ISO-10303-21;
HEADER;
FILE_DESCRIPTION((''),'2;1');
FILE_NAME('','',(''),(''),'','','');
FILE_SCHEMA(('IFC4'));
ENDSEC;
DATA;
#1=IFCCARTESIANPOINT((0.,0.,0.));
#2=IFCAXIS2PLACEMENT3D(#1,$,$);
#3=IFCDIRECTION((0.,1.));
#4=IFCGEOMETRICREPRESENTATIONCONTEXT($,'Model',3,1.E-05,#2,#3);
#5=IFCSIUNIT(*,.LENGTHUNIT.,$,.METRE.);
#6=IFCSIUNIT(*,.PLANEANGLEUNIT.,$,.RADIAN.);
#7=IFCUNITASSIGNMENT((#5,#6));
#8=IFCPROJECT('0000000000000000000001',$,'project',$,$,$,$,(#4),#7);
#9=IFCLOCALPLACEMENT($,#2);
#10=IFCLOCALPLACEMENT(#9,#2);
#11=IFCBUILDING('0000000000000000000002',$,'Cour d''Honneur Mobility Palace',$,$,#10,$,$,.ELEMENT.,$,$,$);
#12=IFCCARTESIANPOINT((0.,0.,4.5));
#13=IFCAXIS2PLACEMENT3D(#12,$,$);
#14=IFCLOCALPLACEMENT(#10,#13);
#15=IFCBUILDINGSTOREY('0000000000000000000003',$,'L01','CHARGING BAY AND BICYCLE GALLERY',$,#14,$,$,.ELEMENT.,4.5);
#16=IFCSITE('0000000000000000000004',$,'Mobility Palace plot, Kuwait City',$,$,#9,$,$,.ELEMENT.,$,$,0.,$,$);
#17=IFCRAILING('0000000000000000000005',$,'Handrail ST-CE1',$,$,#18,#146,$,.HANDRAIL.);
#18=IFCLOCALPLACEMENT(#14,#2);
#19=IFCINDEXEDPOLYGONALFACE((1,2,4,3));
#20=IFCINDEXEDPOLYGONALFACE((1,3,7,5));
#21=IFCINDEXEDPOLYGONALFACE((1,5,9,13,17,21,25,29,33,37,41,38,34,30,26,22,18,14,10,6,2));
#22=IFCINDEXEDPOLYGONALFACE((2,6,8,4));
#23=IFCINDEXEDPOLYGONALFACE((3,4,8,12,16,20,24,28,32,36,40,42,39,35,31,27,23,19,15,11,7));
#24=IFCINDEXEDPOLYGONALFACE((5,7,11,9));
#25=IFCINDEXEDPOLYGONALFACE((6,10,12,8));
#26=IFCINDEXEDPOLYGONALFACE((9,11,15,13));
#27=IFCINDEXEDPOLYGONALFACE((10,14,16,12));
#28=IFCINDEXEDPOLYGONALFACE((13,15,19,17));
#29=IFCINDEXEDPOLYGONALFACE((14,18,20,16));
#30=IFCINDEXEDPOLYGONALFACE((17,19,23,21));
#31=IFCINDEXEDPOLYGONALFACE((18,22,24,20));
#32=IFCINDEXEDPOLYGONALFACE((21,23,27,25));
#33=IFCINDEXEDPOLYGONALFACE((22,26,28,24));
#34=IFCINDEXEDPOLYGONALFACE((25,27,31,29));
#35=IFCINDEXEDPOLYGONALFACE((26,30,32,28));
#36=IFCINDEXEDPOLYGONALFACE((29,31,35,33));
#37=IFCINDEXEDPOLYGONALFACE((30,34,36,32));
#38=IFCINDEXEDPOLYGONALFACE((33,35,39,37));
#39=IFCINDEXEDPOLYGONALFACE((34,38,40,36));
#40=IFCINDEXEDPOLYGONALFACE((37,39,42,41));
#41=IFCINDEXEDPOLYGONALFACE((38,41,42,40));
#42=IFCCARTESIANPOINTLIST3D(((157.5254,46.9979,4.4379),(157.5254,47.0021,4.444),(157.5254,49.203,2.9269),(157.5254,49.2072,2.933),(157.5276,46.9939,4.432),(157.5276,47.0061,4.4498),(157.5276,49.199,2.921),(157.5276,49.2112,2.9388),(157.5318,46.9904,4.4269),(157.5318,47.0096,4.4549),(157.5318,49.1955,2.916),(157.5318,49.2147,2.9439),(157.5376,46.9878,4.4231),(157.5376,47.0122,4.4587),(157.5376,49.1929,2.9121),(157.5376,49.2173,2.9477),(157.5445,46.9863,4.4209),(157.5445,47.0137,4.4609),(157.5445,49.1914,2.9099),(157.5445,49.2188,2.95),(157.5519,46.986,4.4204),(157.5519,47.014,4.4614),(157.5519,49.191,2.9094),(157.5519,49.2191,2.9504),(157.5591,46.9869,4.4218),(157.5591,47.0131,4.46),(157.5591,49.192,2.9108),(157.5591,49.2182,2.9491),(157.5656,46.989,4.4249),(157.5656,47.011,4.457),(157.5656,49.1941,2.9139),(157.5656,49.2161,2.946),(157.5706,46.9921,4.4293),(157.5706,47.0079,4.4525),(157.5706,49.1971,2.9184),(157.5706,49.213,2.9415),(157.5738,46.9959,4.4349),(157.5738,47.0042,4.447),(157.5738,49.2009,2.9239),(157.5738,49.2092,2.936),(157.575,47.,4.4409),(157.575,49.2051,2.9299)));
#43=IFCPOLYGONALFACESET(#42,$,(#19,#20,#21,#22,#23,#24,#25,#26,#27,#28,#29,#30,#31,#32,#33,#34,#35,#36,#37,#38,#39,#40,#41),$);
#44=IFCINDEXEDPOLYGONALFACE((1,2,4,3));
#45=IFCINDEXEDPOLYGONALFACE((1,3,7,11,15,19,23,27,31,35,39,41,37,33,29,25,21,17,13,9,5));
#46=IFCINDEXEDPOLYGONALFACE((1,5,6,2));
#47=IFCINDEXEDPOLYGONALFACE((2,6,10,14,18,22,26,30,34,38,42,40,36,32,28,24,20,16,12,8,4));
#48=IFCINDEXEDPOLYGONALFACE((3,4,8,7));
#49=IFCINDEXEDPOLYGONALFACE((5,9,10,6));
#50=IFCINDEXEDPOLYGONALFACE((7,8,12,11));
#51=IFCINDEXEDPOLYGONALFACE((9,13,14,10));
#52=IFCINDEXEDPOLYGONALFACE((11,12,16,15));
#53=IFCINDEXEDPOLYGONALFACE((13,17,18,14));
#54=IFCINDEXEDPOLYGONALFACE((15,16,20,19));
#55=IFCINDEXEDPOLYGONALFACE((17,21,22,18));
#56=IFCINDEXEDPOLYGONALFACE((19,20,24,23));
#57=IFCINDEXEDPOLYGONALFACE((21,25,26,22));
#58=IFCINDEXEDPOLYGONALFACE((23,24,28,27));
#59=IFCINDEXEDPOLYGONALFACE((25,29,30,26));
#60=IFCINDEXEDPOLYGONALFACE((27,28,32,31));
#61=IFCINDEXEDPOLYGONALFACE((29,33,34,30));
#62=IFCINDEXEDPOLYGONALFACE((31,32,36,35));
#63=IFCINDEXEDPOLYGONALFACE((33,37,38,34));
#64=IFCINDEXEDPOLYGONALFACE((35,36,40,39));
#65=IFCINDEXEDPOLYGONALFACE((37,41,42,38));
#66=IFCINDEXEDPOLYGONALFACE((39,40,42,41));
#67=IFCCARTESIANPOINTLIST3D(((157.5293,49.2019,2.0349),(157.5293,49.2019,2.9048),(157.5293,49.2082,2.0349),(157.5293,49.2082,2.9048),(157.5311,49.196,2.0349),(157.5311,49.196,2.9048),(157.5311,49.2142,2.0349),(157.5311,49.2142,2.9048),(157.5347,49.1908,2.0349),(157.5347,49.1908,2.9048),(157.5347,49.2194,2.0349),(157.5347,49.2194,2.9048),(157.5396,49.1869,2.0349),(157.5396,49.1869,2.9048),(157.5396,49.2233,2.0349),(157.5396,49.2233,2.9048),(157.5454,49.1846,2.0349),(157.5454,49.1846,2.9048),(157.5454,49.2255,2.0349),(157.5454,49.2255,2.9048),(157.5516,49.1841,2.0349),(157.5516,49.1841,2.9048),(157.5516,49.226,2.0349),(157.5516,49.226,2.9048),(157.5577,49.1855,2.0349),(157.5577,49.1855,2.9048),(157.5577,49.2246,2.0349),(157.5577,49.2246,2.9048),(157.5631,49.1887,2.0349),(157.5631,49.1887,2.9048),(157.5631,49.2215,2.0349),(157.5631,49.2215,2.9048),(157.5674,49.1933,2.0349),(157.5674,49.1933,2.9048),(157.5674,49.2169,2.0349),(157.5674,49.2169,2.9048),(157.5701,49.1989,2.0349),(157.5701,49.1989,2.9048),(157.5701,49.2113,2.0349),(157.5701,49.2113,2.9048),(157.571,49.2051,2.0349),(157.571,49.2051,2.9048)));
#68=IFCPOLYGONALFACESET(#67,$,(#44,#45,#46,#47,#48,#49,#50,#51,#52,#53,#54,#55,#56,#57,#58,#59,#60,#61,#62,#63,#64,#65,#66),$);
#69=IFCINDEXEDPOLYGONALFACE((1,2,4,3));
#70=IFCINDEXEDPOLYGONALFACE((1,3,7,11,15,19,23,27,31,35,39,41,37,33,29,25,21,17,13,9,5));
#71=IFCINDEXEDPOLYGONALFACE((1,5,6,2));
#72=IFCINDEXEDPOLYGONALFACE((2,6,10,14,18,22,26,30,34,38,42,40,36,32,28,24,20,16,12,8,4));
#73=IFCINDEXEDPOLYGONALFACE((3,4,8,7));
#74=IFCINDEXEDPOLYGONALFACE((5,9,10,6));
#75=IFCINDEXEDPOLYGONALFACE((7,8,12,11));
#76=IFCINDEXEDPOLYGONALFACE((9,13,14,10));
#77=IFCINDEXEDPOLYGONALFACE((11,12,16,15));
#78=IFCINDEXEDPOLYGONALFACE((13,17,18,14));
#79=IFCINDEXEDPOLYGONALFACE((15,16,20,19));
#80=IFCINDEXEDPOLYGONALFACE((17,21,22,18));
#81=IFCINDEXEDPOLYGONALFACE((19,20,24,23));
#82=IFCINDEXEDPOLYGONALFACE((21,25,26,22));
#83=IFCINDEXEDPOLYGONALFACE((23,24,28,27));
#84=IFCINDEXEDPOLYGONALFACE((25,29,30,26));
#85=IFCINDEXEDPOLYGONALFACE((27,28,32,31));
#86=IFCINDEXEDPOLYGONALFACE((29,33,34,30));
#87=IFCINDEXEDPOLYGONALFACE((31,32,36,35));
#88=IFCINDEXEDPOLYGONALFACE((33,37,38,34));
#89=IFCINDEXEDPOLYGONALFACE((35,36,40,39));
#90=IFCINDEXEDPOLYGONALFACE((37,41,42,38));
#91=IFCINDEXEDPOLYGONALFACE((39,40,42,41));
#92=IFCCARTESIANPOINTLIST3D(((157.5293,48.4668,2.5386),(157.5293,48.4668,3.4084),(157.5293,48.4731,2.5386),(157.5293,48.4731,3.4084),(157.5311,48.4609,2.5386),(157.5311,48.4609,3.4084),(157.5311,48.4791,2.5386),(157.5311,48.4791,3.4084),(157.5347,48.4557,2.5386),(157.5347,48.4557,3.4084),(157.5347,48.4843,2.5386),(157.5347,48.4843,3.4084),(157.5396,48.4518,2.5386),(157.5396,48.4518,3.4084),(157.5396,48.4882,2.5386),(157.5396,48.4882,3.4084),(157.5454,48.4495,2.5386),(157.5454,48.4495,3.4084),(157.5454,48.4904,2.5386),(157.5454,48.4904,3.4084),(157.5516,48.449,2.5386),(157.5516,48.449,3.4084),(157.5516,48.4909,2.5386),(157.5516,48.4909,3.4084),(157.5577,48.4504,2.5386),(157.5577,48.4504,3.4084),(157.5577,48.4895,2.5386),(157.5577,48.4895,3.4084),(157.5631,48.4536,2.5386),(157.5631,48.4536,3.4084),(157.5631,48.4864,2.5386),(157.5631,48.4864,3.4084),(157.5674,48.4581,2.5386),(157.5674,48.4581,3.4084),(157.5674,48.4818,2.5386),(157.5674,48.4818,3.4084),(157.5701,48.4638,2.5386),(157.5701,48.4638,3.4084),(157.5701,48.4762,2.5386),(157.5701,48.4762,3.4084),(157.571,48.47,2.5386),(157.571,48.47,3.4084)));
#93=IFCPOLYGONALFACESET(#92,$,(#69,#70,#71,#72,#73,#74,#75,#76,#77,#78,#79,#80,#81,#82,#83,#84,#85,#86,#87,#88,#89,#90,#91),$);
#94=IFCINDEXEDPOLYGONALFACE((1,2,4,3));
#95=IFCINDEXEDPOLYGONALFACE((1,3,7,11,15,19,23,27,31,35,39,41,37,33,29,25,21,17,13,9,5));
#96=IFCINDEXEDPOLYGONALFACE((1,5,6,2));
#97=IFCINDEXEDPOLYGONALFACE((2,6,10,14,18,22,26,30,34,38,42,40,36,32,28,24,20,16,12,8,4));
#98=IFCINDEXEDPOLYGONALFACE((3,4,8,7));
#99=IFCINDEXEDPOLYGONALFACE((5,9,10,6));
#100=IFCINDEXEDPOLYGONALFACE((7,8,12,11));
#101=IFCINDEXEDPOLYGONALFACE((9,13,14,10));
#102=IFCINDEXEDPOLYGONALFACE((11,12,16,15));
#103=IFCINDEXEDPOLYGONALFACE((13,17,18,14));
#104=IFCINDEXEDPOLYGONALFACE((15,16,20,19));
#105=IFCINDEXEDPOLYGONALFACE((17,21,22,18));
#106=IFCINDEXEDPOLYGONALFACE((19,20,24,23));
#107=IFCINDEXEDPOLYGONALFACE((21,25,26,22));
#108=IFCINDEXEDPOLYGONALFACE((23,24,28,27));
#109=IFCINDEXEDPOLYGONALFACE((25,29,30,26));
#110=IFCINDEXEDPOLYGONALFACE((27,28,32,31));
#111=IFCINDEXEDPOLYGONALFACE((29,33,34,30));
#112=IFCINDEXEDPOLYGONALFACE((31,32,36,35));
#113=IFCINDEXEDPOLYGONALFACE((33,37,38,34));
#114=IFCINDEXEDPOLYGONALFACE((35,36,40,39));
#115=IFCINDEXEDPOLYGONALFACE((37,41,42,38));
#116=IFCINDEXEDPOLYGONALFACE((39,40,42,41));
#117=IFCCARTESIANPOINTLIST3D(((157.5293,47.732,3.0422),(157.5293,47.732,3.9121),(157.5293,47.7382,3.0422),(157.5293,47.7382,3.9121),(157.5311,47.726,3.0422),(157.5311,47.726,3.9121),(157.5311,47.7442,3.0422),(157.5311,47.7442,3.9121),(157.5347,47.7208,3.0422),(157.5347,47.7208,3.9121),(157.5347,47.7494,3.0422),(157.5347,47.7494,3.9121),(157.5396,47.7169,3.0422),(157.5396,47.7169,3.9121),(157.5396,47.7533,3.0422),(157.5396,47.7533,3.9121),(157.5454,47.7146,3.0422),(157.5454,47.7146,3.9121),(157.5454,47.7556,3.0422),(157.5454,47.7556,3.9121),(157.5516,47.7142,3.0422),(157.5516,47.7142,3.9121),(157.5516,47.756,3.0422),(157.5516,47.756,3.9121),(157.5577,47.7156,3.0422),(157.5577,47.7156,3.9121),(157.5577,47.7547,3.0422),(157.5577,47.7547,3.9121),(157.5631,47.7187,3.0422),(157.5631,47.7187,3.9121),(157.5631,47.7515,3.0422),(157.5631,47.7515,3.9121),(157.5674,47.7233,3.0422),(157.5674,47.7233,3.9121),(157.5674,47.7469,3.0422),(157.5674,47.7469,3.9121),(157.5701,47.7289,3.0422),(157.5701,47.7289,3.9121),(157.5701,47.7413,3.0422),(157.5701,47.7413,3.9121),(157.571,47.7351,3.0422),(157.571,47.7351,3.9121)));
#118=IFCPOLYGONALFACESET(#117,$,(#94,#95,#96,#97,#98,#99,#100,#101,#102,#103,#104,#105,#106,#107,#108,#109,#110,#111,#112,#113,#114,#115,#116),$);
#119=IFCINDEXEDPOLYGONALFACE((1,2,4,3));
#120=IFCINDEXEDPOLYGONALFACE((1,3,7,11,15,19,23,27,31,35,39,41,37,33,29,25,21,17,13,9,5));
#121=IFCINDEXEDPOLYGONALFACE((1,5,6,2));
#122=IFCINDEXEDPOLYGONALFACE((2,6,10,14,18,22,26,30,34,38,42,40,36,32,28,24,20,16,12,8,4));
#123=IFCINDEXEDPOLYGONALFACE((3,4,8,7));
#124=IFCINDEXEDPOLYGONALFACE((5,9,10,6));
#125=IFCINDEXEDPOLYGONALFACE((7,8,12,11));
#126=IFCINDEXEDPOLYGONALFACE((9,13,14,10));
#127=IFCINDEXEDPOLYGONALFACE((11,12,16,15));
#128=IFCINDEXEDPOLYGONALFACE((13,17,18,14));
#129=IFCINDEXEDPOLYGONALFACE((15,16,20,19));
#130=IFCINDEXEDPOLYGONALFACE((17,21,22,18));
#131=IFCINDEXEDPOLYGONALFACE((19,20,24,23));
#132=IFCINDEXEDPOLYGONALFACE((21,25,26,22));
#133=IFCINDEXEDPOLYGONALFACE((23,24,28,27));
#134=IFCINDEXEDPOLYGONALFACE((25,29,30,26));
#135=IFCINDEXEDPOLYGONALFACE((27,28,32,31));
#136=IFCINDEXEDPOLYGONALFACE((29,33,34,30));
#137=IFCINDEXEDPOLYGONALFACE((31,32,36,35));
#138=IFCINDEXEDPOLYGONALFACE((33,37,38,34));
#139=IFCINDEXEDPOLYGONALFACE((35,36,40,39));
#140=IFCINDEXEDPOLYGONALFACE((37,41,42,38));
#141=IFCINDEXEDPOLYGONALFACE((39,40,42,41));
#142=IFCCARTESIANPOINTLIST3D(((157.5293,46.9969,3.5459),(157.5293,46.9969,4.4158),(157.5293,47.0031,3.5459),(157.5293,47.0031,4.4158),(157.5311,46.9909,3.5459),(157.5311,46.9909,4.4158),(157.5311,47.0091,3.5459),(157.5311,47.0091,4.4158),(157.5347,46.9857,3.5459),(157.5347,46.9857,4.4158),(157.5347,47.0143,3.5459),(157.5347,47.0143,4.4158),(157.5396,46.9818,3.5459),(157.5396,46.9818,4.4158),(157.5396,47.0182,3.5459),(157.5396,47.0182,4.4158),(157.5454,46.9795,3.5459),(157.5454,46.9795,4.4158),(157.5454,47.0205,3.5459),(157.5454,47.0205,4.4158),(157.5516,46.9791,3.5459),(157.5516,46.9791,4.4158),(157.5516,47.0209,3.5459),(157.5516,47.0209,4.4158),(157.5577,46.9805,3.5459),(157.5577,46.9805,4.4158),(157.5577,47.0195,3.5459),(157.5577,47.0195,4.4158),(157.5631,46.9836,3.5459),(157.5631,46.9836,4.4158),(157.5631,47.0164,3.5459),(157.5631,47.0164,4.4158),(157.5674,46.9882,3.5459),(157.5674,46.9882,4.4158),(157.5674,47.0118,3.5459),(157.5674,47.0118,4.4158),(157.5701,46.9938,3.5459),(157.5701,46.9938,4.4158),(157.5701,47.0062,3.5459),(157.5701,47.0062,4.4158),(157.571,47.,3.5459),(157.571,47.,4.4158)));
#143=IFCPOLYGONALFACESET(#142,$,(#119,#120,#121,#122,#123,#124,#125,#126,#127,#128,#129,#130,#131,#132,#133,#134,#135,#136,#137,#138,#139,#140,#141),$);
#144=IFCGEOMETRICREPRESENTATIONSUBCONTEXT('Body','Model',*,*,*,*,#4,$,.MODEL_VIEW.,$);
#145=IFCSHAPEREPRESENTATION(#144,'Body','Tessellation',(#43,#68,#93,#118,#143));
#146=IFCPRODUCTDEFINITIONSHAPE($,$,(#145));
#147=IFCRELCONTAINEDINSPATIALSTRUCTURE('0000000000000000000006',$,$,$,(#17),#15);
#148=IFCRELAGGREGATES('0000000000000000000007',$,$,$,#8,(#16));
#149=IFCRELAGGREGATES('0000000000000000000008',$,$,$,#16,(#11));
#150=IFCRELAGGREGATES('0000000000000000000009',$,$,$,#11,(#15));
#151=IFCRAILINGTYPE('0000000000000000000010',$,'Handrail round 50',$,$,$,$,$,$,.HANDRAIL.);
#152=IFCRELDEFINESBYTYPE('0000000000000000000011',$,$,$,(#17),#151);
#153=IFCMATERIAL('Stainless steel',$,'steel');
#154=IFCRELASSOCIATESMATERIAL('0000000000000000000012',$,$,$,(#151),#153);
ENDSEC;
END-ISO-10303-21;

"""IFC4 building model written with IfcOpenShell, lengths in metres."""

from ifc_helpers import new_model, si_unit, direction, frame, origin, origin_2d, place, context, subcontext, project, spatial, circle, extrude, material, type_object, element, save


model = new_model("IFC4")

# Units and contexts
model_context = context("Model", 3, precision=1e-05, world=origin(), true_north=direction((0.0, 1.0)))
body_context = subcontext(model_context, "Body", "Model", "MODEL_VIEW")
ifc_project = project(units=[si_unit("LENGTHUNIT", "METRE"), si_unit("PLANEANGLEUNIT", "RADIAN")], contexts=[model_context])

# Site, building, storey
site_placement = place(None, origin())
site = spatial("IfcSite", under=ifc_project, at=site_placement, Name="Mobility Palace plot, Kuwait City", CompositionType="ELEMENT", RefElevation=0.0)
building_placement = place(site_placement, origin())
building = spatial("IfcBuilding", under=site, at=building_placement, Name="Cour d'Honneur Mobility Palace", CompositionType="ELEMENT")
storey_placement = place(building_placement, frame((0.0, 0.0, 4.5)))
storey = spatial("IfcBuildingStorey", under=building, at=storey_placement, Name="L01", Description="CHARGING BAY AND BICYCLE GALLERY", CompositionType="ELEMENT", Elevation=4.5)

# Railing
ifc_material_1 = material(Name="Stainless steel", Category="steel")
railing_type_1 = type_object("IfcRailingType", Name="Handrail round 50", PredefinedType="HANDRAIL", material=ifc_material_1)
railing_1_placement = place(storey_placement, frame((157.55, 49.2051, 2.0349)))
element("IfcRailing", 1, at=railing_1_placement, inside=storey, type_object=railing_type_1, Name="Handrail ST-CE1", PredefinedType="HANDRAIL", context=body_context, shape_type="SweptSolid", body=[
    extrude(circle(Radius=0.0249, at=origin_2d()), frame((0.0, 0.0, 0.895), z_axis=(0.0, -0.824915, 0.565257), x_axis=(1.0, 0.0, 0.0)), (0.0, 0.0, 1.0), 2.6731),
    extrude(circle(Radius=0.021, at=origin_2d()), origin(), (0.0, 0.0, 1.0), 0.8699),
    extrude(circle(Radius=0.021, at=origin_2d()), frame((0.0, -0.7351, 0.5037)), (0.0, 0.0, 1.0), 0.8699),
    extrude(circle(Radius=0.021, at=origin_2d()), frame((0.0, -1.47, 1.0073)), (0.0, 0.0, 1.0), 0.8699),
    extrude(circle(Radius=0.021, at=origin_2d()), frame((0.0, -2.2051, 1.511)), (0.0, 0.0, 1.0), 0.8699),
])

save(model, "model.ifc")
